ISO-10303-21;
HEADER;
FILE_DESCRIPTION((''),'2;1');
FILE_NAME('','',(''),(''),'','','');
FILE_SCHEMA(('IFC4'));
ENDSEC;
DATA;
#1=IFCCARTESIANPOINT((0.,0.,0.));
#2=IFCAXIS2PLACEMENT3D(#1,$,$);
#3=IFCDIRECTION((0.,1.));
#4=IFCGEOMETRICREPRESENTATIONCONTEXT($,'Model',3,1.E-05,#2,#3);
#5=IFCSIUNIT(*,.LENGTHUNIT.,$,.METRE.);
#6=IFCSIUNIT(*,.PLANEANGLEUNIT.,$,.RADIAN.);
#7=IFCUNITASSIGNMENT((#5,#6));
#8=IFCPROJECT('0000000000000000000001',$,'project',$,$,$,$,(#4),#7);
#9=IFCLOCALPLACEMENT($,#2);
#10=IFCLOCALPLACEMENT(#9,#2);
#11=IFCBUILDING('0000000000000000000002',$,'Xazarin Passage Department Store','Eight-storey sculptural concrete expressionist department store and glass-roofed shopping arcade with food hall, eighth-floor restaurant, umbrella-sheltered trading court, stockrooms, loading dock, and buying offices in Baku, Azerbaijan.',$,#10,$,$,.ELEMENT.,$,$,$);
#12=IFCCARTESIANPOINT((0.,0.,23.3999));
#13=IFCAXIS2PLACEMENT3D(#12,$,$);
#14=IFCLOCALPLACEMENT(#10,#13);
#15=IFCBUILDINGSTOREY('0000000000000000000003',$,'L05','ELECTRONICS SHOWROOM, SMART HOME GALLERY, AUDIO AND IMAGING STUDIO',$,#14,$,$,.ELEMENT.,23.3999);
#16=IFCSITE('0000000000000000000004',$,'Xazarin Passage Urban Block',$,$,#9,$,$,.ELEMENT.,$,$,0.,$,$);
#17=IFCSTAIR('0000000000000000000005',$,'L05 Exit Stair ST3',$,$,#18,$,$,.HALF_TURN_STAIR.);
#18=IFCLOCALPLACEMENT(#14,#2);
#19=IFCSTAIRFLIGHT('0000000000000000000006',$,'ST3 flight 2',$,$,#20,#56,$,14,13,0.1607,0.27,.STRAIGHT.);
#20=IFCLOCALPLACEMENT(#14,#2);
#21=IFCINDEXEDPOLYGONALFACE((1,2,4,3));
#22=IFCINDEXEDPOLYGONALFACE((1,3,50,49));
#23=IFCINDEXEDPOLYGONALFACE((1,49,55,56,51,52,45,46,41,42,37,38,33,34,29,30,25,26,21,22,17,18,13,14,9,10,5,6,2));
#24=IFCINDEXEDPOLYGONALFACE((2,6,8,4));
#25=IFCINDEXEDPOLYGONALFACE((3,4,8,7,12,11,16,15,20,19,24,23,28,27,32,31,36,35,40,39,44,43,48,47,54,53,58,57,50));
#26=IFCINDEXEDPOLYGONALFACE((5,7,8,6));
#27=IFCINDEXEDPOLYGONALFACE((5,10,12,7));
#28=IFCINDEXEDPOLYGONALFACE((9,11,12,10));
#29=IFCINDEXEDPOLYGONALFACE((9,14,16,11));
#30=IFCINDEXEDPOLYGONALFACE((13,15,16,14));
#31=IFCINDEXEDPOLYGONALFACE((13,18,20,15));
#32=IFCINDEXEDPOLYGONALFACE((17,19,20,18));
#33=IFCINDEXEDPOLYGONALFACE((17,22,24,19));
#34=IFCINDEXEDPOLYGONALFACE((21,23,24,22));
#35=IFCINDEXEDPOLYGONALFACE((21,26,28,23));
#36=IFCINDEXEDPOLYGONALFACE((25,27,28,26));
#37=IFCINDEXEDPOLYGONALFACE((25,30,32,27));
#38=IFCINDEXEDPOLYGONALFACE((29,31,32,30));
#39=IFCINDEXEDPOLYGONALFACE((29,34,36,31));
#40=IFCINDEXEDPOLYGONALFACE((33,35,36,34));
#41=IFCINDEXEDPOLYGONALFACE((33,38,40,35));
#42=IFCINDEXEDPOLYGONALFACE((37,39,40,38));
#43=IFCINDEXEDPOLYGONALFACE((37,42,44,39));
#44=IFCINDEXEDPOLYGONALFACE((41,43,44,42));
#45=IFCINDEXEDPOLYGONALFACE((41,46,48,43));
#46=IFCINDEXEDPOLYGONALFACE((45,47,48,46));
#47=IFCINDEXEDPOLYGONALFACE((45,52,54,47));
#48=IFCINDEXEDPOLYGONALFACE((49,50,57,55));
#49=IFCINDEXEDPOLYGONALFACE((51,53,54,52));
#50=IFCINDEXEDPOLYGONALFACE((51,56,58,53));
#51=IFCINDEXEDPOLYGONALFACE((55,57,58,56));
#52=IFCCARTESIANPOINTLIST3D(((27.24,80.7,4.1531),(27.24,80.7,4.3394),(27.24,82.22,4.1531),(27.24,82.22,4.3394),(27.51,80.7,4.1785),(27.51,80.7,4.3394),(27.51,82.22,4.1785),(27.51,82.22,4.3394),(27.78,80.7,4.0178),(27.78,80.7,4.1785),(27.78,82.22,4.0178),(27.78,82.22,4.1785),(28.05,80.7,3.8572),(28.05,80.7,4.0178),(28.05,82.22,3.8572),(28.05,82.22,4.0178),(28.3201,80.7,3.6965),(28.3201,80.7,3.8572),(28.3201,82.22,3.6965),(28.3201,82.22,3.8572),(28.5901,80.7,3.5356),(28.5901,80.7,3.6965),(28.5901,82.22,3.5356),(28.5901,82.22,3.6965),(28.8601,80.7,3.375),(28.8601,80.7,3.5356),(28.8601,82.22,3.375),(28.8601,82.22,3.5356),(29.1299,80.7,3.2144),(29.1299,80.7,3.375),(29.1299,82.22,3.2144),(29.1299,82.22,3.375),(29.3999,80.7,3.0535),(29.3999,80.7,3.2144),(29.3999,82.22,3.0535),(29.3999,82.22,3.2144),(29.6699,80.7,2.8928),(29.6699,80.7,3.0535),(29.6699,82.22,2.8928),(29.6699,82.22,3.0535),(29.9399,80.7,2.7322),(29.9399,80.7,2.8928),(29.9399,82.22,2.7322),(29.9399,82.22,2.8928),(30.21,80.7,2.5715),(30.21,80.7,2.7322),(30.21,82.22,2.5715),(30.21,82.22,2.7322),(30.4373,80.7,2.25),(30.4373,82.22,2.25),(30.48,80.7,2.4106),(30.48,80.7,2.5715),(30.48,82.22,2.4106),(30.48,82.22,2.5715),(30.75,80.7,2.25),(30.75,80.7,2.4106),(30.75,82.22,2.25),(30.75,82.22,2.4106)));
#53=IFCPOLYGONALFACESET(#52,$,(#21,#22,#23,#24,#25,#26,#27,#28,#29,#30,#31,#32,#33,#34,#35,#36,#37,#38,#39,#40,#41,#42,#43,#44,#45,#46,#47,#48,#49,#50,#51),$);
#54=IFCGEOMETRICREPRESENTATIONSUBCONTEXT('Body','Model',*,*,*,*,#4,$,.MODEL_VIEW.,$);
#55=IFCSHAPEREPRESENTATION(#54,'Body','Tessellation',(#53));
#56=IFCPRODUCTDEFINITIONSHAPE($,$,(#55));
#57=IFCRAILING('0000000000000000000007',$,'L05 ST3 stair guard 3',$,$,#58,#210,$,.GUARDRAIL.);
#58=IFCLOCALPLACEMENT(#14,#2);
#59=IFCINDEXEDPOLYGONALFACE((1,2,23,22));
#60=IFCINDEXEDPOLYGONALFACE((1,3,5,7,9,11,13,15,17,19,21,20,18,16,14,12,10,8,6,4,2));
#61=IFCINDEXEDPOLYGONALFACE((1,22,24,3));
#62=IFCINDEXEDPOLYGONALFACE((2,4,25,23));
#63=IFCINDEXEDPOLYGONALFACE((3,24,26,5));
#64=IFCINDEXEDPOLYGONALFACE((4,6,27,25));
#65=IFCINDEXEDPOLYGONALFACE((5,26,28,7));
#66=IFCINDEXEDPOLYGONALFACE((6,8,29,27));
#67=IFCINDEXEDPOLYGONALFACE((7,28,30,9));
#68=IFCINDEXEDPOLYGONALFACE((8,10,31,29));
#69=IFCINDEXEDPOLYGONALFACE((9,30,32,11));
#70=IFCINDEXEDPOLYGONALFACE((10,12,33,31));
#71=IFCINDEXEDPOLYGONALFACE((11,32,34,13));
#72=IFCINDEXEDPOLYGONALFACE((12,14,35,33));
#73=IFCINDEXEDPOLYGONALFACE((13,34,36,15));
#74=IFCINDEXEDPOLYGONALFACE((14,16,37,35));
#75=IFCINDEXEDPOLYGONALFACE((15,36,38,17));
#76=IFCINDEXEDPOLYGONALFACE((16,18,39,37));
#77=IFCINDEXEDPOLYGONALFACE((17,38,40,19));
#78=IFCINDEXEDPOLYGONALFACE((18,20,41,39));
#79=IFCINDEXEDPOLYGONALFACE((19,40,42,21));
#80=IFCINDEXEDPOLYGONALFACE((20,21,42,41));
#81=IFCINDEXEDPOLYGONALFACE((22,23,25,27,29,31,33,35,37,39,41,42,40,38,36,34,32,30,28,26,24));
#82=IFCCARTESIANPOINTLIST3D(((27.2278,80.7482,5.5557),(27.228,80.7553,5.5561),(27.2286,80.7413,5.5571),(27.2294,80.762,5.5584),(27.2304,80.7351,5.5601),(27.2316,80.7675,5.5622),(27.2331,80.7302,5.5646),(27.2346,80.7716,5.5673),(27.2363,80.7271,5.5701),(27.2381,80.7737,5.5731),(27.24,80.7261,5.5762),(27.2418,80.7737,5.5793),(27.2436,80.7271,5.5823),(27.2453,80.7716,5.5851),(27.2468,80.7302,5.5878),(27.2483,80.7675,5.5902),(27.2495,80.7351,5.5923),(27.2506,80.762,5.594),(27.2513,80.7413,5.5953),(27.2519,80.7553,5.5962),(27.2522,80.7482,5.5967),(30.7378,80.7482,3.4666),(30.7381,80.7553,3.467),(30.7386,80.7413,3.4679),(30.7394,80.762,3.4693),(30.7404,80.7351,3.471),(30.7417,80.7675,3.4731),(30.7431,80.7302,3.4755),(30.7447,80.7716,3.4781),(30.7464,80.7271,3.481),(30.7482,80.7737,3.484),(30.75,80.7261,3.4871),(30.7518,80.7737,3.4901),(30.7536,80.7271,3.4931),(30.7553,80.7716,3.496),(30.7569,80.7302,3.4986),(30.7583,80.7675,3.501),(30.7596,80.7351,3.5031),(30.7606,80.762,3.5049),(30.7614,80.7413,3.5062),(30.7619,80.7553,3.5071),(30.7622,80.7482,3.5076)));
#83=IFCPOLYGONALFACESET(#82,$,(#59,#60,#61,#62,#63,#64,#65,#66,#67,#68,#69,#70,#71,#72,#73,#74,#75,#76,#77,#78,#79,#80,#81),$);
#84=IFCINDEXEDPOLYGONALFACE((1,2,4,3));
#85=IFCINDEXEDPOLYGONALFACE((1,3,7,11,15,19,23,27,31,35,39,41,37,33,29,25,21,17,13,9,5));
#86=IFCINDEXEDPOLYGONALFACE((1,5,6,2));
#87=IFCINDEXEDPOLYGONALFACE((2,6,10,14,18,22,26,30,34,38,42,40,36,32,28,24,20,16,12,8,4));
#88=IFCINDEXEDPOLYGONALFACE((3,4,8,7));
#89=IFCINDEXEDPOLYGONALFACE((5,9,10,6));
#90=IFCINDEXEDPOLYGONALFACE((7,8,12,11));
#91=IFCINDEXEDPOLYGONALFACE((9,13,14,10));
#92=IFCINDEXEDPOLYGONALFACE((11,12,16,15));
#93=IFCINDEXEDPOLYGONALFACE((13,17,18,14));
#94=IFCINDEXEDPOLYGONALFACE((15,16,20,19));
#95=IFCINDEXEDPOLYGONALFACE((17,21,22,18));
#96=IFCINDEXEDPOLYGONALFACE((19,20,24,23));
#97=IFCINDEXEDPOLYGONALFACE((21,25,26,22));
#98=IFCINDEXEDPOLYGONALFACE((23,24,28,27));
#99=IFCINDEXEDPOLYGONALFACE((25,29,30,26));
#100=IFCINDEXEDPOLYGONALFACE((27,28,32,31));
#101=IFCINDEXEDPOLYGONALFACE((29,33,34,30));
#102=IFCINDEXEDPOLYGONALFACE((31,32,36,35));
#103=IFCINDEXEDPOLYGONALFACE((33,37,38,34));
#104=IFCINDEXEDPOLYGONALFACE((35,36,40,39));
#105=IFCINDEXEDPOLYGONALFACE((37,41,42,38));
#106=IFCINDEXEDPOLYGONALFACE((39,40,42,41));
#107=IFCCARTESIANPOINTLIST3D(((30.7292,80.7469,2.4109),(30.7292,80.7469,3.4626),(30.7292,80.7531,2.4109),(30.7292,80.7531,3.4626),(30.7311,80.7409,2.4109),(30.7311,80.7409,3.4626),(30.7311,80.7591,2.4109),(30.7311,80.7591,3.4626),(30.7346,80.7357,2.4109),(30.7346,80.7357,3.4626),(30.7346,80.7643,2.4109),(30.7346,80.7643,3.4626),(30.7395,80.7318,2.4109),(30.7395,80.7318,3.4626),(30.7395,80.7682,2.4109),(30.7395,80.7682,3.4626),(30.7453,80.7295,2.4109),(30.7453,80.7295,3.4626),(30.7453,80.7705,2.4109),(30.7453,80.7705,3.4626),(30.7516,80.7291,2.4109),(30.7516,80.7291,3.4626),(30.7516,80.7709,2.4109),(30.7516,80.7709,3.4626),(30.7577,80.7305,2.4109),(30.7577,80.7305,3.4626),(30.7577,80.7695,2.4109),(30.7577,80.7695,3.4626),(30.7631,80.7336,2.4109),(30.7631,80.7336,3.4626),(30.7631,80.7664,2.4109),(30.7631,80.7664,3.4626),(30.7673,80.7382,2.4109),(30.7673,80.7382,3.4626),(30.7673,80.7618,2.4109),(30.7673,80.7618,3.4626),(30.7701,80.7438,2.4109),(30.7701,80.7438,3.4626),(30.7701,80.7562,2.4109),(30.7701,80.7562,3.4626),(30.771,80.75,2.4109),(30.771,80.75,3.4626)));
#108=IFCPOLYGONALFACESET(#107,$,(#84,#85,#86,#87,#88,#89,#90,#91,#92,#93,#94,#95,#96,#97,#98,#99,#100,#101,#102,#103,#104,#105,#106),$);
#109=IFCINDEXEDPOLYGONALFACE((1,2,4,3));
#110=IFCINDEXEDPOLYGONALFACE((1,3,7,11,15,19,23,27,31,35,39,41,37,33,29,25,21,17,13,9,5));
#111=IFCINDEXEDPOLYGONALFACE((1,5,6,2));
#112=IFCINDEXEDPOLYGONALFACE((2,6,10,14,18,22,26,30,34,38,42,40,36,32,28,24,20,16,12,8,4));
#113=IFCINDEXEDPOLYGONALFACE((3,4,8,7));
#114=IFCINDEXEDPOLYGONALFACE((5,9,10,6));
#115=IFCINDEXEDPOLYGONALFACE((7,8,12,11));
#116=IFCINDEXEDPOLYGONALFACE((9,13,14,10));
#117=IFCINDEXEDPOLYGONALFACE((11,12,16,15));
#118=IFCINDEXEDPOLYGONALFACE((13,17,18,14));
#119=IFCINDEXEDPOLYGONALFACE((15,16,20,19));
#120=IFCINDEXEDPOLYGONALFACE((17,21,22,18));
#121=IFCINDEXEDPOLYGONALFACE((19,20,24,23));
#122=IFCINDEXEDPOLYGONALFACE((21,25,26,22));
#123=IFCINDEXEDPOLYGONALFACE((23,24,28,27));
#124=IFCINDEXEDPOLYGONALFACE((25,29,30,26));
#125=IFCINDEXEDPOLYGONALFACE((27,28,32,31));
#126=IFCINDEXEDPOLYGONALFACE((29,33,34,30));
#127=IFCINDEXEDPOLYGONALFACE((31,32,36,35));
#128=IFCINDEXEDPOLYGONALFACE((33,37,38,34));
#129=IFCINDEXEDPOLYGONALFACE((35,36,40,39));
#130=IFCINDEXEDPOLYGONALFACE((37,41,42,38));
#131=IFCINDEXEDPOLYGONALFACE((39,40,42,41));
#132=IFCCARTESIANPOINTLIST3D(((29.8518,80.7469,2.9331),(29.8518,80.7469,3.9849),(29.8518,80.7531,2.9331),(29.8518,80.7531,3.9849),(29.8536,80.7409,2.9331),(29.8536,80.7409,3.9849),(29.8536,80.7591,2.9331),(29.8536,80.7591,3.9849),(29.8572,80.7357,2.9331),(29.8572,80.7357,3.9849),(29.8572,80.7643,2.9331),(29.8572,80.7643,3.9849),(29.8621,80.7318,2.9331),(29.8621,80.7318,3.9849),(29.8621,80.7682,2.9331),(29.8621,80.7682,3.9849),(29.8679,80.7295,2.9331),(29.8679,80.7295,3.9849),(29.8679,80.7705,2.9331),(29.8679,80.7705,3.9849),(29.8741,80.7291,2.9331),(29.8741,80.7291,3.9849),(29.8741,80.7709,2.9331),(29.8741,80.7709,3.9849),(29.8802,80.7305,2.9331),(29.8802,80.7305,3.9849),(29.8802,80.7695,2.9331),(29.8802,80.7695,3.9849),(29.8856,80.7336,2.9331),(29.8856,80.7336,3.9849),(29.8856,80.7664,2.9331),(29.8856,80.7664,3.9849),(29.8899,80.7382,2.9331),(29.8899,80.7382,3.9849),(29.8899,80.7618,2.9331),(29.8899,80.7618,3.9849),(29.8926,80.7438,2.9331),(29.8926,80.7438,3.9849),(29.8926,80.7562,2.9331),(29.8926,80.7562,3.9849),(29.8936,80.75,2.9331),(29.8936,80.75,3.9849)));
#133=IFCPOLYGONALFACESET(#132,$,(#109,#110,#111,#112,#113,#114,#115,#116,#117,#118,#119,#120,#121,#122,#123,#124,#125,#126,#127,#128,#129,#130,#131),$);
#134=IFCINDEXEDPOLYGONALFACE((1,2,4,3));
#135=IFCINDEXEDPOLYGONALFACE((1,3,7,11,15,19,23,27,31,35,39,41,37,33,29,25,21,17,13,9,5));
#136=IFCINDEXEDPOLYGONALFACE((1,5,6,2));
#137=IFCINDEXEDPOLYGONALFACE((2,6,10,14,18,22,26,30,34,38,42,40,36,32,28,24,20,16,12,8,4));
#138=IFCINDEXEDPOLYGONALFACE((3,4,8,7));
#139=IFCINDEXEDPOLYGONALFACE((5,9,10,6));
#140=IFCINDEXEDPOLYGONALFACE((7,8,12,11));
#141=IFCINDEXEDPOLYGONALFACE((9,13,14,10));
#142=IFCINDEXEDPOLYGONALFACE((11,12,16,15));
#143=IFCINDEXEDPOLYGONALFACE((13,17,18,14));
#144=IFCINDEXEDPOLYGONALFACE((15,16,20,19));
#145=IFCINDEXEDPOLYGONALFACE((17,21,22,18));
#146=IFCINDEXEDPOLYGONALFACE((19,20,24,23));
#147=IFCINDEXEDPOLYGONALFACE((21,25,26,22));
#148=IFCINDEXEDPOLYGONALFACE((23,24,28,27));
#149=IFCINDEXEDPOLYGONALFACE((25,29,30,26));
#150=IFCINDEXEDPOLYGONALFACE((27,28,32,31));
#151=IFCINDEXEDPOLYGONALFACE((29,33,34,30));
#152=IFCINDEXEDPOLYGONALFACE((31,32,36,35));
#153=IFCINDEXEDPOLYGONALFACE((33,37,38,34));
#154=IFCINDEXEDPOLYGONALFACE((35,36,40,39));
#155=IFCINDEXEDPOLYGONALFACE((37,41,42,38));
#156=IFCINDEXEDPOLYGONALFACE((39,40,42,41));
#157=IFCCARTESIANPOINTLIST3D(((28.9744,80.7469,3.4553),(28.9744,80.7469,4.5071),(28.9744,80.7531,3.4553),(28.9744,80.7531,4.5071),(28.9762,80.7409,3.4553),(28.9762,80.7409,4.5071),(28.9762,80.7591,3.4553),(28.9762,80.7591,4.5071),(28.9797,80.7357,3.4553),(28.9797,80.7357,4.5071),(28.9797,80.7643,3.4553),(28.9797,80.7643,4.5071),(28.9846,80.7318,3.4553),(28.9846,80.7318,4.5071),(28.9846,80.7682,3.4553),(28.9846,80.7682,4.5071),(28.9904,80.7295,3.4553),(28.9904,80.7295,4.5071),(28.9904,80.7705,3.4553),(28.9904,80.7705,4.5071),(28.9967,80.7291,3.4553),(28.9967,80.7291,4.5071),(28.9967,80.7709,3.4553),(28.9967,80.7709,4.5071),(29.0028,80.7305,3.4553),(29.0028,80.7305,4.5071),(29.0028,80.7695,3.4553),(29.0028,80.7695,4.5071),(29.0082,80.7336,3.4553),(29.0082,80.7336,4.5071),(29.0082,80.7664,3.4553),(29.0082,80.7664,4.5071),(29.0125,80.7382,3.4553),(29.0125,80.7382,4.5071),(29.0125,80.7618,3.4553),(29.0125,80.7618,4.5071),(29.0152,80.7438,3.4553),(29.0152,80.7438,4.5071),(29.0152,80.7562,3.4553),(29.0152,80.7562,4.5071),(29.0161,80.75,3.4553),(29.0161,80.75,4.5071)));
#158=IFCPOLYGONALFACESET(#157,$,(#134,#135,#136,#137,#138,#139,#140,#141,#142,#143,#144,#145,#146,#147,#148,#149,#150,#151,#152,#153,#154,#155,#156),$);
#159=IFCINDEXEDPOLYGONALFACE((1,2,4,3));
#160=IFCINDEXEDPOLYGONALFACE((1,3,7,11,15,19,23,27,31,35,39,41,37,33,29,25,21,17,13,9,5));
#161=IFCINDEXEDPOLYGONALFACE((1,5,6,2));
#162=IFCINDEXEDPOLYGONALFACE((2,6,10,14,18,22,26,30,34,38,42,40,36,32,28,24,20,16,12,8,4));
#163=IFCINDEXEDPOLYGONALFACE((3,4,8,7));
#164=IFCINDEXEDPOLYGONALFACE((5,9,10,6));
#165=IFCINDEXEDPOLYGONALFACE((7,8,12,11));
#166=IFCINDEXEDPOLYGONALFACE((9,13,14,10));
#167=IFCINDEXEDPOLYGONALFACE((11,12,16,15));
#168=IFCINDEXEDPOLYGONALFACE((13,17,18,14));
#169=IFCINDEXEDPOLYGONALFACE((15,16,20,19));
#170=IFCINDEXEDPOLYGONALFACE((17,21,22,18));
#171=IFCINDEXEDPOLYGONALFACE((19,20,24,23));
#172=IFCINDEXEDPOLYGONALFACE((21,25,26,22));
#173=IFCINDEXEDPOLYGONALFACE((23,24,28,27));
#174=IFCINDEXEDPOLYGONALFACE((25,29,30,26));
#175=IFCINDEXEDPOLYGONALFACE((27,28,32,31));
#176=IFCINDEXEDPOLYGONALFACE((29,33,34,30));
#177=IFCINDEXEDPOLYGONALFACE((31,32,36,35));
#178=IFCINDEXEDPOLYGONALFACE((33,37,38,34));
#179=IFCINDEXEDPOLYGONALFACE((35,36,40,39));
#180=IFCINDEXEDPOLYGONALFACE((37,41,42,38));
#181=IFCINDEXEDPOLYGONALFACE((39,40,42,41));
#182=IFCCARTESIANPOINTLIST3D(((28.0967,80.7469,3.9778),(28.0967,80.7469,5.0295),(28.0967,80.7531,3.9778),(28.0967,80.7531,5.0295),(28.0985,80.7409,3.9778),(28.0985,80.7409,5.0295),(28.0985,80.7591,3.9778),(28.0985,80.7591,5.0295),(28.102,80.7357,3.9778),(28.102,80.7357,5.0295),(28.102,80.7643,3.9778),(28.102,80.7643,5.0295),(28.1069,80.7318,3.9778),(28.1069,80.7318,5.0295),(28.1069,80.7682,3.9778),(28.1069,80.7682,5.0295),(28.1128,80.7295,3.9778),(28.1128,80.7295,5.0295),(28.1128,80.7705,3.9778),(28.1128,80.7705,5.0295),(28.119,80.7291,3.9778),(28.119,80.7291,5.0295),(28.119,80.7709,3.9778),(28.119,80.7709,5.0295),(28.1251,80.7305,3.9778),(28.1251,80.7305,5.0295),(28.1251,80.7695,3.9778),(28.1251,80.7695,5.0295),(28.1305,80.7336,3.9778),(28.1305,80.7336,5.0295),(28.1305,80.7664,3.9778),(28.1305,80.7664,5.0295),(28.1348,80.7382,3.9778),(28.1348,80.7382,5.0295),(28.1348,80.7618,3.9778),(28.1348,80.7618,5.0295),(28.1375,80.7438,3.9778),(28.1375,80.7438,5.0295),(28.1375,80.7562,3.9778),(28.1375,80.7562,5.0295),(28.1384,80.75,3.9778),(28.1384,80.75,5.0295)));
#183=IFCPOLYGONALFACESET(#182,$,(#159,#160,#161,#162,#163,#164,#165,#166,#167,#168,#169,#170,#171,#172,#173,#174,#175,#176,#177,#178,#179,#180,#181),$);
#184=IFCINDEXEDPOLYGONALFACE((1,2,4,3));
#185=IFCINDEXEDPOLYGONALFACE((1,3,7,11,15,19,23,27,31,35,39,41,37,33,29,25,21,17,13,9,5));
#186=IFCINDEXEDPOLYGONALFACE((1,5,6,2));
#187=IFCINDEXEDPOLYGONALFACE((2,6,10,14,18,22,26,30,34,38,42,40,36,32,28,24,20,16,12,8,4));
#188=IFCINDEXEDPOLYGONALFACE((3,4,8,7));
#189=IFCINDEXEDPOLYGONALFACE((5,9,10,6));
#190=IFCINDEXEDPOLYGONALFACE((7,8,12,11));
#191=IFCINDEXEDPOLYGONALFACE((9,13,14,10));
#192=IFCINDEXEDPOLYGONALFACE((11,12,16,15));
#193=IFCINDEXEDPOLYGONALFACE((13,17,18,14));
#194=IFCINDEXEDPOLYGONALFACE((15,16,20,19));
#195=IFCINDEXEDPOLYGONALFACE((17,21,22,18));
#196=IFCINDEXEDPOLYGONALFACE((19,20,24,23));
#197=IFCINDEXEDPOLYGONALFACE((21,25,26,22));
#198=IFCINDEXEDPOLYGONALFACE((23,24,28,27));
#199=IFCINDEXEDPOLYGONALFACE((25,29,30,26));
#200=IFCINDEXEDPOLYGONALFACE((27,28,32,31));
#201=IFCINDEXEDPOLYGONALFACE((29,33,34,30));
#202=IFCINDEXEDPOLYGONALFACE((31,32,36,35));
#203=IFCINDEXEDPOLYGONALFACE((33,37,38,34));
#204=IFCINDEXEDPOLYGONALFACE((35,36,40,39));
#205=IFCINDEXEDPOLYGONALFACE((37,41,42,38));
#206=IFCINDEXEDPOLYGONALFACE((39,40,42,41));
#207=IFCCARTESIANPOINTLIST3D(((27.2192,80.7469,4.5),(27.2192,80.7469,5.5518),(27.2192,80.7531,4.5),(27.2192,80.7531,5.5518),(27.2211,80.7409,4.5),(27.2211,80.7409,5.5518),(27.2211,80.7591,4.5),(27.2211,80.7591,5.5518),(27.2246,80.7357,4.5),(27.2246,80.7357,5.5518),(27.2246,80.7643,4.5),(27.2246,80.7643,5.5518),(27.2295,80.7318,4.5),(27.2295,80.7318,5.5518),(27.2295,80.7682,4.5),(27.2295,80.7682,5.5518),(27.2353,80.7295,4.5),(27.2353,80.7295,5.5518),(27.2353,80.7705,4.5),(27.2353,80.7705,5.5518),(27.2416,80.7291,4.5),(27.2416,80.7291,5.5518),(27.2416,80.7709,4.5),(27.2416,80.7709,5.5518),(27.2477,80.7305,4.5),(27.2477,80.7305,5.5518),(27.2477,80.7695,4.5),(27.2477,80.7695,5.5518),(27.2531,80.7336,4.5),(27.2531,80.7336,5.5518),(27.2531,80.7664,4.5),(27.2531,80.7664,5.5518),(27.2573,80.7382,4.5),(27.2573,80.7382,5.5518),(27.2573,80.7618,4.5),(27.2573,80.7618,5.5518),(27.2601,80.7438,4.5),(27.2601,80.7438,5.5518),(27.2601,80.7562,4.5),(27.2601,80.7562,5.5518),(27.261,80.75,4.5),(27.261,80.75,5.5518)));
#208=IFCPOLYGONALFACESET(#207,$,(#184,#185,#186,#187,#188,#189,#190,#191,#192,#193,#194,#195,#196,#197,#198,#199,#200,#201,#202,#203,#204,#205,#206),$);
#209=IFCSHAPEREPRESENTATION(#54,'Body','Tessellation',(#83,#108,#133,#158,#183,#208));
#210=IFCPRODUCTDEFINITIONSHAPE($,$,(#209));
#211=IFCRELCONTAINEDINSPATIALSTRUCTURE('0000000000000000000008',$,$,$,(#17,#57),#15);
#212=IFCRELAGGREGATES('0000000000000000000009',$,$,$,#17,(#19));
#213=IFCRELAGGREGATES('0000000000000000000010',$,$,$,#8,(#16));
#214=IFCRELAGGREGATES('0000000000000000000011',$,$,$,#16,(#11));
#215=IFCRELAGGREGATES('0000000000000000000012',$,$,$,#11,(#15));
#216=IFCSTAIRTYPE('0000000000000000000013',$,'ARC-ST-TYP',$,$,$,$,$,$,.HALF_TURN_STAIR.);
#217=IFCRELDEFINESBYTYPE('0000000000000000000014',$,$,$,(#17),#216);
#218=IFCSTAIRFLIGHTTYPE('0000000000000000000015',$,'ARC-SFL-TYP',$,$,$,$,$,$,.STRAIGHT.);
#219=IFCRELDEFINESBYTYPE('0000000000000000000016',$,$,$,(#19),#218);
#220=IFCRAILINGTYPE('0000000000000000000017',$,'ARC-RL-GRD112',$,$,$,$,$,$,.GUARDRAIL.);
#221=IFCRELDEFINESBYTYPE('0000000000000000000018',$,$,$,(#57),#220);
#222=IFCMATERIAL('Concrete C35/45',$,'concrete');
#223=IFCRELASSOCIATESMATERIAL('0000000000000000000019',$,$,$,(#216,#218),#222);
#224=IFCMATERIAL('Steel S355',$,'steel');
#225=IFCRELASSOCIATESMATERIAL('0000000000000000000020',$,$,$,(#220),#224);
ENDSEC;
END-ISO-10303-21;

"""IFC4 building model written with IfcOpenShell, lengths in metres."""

from ifc_helpers import new_model, si_unit, direction, frame, origin, origin_2d, place, context, subcontext, project, spatial, polyline, circle, outline, extrude, material, type_object, element, aggregate, save


model = new_model("IFC4")

# Units and contexts
model_context = context("Model", 3, precision=1e-05, world=origin(), true_north=direction((0.0, 1.0)))
body_context = subcontext(model_context, "Body", "Model", "MODEL_VIEW")
ifc_project = project(units=[si_unit("LENGTHUNIT", "METRE"), si_unit("PLANEANGLEUNIT", "RADIAN")], contexts=[model_context])

# Site, building, storey
site_placement = place(None, origin())
site = spatial("IfcSite", under=ifc_project, at=site_placement, Name="Xazarin Passage Urban Block", CompositionType="ELEMENT", RefElevation=0.0)
building_placement = place(site_placement, origin())
building = spatial("IfcBuilding", under=site, at=building_placement, Name="Xazarin Passage Department Store", Description="Eight-storey sculptural concrete expressionist department store and glass-roofed shopping arcade with food hall, eighth-floor restaurant, umbrella-sheltered trading court, stockrooms, loading dock, and buying offices in Baku, Azerbaijan.", CompositionType="ELEMENT")
storey_placement = place(building_placement, frame((0.0, 0.0, 23.3999)))
storey = spatial("IfcBuildingStorey", under=building, at=storey_placement, Name="L05", Description="ELECTRONICS SHOWROOM, SMART HOME GALLERY, AUDIO AND IMAGING STUDIO", CompositionType="ELEMENT", Elevation=23.3999)

# Shared definitions
ifc_material_1 = material(Name="Concrete C35/45", Category="concrete")

# Shared definitions
ifc_material_2 = material(Name="Steel S355", Category="steel")

# Stair, stair flight
stair_type = type_object("IfcStairType", Name="ARC-ST-TYP", PredefinedType="HALF_TURN_STAIR", material=ifc_material_1)
stair_placement = place(storey_placement, origin())
stair = element("IfcStair", 1, at=stair_placement, inside=storey, type_object=stair_type, Name="L05 Exit Stair ST3", PredefinedType="HALF_TURN_STAIR")
stair_flight_type = type_object("IfcStairFlightType", Name="ARC-SFL-TYP", PredefinedType="STRAIGHT", material=ifc_material_1)
stair_flight_placement = place(storey_placement, frame((30.75, 81.46, 2.25), z_axis=(0.0, 0.0, 1.0), x_axis=(-1.0, 0.0, 0.0)))
stair_flight = element("IfcStairFlight", 2, at=stair_flight_placement, type_object=stair_flight_type, Name="ST3 flight 2", NumberOfRisers=14, NumberOfTreads=13, PredefinedType="STRAIGHT", RiserHeight=0.1607, TreadLength=0.27, context=body_context, shape_type="SweptSolid", body=[
    extrude(outline(polyline([(0.0, 0.0), (0.0, 0.1606), (0.27, 0.1606), (0.27, 0.3215), (0.54, 0.3215), (0.54, 0.4822), (0.8101, 0.4822), (0.8101, 0.6428), (1.0801, 0.6428), (1.0801, 0.8035), (1.3501, 0.8035), (1.3501, 0.9644), (1.6201, 0.9644), (1.6201, 1.125), (1.8899, 1.125), (1.8899, 1.2856), (2.1599, 1.2856), (2.1599, 1.4465), (2.4299, 1.4465), (2.4299, 1.6072), (2.7, 1.6072), (2.7, 1.7678), (2.97, 1.7678), (2.97, 1.9285), (3.24, 1.9285), (3.24, 2.0894), (3.51, 2.0894), (3.51, 2.25), (3.51, 1.9031), (0.3127, 0.0), (0.0, 0.0)])), frame((0.0, 0.76, 0.0), z_axis=(0.0, -1.0, 0.0), x_axis=(1.0, 0.0, 0.0)), (0.0, 0.0, 1.0), 1.52),
])
aggregate(stair, [stair_flight])

# Railing
railing_type_1 = type_object("IfcRailingType", Name="ARC-RL-GRD112", PredefinedType="GUARDRAIL", material=ifc_material_2)
railing_1_placement = place(storey_placement, frame((30.75, 80.75, 2.4109)))
element("IfcRailing", 3, at=railing_1_placement, inside=storey, type_object=railing_type_1, Name="L05 ST3 stair guard 3", PredefinedType="GUARDRAIL", context=body_context, shape_type="SweptSolid", body=[
    extrude(circle(Radius=0.0239, at=origin_2d()), frame((0.0, 0.0, 1.0762), z_axis=(-0.859312, 0.0, 0.511451), x_axis=(0.0, -1.0, 0.0)), (0.0, 0.0, 1.0), 4.0847),
    extrude(circle(Radius=0.021, at=origin_2d()), origin(), (0.0, 0.0, 1.0), 1.0518),
    extrude(circle(Radius=0.021, at=origin_2d()), frame((-0.8774, 0.0, 0.5222)), (0.0, 0.0, 1.0), 1.0518),
    extrude(circle(Radius=0.021, at=origin_2d()), frame((-1.7549, 0.0, 1.0444)), (0.0, 0.0, 1.0), 1.0518),
    extrude(circle(Radius=0.021, at=origin_2d()), frame((-2.6326, 0.0, 1.5669)), (0.0, 0.0, 1.0), 1.0518),
    extrude(circle(Radius=0.021, at=origin_2d()), frame((-3.51, 0.0, 2.0891)), (0.0, 0.0, 1.0), 1.0518),
])

save(model, "model.ifc")
